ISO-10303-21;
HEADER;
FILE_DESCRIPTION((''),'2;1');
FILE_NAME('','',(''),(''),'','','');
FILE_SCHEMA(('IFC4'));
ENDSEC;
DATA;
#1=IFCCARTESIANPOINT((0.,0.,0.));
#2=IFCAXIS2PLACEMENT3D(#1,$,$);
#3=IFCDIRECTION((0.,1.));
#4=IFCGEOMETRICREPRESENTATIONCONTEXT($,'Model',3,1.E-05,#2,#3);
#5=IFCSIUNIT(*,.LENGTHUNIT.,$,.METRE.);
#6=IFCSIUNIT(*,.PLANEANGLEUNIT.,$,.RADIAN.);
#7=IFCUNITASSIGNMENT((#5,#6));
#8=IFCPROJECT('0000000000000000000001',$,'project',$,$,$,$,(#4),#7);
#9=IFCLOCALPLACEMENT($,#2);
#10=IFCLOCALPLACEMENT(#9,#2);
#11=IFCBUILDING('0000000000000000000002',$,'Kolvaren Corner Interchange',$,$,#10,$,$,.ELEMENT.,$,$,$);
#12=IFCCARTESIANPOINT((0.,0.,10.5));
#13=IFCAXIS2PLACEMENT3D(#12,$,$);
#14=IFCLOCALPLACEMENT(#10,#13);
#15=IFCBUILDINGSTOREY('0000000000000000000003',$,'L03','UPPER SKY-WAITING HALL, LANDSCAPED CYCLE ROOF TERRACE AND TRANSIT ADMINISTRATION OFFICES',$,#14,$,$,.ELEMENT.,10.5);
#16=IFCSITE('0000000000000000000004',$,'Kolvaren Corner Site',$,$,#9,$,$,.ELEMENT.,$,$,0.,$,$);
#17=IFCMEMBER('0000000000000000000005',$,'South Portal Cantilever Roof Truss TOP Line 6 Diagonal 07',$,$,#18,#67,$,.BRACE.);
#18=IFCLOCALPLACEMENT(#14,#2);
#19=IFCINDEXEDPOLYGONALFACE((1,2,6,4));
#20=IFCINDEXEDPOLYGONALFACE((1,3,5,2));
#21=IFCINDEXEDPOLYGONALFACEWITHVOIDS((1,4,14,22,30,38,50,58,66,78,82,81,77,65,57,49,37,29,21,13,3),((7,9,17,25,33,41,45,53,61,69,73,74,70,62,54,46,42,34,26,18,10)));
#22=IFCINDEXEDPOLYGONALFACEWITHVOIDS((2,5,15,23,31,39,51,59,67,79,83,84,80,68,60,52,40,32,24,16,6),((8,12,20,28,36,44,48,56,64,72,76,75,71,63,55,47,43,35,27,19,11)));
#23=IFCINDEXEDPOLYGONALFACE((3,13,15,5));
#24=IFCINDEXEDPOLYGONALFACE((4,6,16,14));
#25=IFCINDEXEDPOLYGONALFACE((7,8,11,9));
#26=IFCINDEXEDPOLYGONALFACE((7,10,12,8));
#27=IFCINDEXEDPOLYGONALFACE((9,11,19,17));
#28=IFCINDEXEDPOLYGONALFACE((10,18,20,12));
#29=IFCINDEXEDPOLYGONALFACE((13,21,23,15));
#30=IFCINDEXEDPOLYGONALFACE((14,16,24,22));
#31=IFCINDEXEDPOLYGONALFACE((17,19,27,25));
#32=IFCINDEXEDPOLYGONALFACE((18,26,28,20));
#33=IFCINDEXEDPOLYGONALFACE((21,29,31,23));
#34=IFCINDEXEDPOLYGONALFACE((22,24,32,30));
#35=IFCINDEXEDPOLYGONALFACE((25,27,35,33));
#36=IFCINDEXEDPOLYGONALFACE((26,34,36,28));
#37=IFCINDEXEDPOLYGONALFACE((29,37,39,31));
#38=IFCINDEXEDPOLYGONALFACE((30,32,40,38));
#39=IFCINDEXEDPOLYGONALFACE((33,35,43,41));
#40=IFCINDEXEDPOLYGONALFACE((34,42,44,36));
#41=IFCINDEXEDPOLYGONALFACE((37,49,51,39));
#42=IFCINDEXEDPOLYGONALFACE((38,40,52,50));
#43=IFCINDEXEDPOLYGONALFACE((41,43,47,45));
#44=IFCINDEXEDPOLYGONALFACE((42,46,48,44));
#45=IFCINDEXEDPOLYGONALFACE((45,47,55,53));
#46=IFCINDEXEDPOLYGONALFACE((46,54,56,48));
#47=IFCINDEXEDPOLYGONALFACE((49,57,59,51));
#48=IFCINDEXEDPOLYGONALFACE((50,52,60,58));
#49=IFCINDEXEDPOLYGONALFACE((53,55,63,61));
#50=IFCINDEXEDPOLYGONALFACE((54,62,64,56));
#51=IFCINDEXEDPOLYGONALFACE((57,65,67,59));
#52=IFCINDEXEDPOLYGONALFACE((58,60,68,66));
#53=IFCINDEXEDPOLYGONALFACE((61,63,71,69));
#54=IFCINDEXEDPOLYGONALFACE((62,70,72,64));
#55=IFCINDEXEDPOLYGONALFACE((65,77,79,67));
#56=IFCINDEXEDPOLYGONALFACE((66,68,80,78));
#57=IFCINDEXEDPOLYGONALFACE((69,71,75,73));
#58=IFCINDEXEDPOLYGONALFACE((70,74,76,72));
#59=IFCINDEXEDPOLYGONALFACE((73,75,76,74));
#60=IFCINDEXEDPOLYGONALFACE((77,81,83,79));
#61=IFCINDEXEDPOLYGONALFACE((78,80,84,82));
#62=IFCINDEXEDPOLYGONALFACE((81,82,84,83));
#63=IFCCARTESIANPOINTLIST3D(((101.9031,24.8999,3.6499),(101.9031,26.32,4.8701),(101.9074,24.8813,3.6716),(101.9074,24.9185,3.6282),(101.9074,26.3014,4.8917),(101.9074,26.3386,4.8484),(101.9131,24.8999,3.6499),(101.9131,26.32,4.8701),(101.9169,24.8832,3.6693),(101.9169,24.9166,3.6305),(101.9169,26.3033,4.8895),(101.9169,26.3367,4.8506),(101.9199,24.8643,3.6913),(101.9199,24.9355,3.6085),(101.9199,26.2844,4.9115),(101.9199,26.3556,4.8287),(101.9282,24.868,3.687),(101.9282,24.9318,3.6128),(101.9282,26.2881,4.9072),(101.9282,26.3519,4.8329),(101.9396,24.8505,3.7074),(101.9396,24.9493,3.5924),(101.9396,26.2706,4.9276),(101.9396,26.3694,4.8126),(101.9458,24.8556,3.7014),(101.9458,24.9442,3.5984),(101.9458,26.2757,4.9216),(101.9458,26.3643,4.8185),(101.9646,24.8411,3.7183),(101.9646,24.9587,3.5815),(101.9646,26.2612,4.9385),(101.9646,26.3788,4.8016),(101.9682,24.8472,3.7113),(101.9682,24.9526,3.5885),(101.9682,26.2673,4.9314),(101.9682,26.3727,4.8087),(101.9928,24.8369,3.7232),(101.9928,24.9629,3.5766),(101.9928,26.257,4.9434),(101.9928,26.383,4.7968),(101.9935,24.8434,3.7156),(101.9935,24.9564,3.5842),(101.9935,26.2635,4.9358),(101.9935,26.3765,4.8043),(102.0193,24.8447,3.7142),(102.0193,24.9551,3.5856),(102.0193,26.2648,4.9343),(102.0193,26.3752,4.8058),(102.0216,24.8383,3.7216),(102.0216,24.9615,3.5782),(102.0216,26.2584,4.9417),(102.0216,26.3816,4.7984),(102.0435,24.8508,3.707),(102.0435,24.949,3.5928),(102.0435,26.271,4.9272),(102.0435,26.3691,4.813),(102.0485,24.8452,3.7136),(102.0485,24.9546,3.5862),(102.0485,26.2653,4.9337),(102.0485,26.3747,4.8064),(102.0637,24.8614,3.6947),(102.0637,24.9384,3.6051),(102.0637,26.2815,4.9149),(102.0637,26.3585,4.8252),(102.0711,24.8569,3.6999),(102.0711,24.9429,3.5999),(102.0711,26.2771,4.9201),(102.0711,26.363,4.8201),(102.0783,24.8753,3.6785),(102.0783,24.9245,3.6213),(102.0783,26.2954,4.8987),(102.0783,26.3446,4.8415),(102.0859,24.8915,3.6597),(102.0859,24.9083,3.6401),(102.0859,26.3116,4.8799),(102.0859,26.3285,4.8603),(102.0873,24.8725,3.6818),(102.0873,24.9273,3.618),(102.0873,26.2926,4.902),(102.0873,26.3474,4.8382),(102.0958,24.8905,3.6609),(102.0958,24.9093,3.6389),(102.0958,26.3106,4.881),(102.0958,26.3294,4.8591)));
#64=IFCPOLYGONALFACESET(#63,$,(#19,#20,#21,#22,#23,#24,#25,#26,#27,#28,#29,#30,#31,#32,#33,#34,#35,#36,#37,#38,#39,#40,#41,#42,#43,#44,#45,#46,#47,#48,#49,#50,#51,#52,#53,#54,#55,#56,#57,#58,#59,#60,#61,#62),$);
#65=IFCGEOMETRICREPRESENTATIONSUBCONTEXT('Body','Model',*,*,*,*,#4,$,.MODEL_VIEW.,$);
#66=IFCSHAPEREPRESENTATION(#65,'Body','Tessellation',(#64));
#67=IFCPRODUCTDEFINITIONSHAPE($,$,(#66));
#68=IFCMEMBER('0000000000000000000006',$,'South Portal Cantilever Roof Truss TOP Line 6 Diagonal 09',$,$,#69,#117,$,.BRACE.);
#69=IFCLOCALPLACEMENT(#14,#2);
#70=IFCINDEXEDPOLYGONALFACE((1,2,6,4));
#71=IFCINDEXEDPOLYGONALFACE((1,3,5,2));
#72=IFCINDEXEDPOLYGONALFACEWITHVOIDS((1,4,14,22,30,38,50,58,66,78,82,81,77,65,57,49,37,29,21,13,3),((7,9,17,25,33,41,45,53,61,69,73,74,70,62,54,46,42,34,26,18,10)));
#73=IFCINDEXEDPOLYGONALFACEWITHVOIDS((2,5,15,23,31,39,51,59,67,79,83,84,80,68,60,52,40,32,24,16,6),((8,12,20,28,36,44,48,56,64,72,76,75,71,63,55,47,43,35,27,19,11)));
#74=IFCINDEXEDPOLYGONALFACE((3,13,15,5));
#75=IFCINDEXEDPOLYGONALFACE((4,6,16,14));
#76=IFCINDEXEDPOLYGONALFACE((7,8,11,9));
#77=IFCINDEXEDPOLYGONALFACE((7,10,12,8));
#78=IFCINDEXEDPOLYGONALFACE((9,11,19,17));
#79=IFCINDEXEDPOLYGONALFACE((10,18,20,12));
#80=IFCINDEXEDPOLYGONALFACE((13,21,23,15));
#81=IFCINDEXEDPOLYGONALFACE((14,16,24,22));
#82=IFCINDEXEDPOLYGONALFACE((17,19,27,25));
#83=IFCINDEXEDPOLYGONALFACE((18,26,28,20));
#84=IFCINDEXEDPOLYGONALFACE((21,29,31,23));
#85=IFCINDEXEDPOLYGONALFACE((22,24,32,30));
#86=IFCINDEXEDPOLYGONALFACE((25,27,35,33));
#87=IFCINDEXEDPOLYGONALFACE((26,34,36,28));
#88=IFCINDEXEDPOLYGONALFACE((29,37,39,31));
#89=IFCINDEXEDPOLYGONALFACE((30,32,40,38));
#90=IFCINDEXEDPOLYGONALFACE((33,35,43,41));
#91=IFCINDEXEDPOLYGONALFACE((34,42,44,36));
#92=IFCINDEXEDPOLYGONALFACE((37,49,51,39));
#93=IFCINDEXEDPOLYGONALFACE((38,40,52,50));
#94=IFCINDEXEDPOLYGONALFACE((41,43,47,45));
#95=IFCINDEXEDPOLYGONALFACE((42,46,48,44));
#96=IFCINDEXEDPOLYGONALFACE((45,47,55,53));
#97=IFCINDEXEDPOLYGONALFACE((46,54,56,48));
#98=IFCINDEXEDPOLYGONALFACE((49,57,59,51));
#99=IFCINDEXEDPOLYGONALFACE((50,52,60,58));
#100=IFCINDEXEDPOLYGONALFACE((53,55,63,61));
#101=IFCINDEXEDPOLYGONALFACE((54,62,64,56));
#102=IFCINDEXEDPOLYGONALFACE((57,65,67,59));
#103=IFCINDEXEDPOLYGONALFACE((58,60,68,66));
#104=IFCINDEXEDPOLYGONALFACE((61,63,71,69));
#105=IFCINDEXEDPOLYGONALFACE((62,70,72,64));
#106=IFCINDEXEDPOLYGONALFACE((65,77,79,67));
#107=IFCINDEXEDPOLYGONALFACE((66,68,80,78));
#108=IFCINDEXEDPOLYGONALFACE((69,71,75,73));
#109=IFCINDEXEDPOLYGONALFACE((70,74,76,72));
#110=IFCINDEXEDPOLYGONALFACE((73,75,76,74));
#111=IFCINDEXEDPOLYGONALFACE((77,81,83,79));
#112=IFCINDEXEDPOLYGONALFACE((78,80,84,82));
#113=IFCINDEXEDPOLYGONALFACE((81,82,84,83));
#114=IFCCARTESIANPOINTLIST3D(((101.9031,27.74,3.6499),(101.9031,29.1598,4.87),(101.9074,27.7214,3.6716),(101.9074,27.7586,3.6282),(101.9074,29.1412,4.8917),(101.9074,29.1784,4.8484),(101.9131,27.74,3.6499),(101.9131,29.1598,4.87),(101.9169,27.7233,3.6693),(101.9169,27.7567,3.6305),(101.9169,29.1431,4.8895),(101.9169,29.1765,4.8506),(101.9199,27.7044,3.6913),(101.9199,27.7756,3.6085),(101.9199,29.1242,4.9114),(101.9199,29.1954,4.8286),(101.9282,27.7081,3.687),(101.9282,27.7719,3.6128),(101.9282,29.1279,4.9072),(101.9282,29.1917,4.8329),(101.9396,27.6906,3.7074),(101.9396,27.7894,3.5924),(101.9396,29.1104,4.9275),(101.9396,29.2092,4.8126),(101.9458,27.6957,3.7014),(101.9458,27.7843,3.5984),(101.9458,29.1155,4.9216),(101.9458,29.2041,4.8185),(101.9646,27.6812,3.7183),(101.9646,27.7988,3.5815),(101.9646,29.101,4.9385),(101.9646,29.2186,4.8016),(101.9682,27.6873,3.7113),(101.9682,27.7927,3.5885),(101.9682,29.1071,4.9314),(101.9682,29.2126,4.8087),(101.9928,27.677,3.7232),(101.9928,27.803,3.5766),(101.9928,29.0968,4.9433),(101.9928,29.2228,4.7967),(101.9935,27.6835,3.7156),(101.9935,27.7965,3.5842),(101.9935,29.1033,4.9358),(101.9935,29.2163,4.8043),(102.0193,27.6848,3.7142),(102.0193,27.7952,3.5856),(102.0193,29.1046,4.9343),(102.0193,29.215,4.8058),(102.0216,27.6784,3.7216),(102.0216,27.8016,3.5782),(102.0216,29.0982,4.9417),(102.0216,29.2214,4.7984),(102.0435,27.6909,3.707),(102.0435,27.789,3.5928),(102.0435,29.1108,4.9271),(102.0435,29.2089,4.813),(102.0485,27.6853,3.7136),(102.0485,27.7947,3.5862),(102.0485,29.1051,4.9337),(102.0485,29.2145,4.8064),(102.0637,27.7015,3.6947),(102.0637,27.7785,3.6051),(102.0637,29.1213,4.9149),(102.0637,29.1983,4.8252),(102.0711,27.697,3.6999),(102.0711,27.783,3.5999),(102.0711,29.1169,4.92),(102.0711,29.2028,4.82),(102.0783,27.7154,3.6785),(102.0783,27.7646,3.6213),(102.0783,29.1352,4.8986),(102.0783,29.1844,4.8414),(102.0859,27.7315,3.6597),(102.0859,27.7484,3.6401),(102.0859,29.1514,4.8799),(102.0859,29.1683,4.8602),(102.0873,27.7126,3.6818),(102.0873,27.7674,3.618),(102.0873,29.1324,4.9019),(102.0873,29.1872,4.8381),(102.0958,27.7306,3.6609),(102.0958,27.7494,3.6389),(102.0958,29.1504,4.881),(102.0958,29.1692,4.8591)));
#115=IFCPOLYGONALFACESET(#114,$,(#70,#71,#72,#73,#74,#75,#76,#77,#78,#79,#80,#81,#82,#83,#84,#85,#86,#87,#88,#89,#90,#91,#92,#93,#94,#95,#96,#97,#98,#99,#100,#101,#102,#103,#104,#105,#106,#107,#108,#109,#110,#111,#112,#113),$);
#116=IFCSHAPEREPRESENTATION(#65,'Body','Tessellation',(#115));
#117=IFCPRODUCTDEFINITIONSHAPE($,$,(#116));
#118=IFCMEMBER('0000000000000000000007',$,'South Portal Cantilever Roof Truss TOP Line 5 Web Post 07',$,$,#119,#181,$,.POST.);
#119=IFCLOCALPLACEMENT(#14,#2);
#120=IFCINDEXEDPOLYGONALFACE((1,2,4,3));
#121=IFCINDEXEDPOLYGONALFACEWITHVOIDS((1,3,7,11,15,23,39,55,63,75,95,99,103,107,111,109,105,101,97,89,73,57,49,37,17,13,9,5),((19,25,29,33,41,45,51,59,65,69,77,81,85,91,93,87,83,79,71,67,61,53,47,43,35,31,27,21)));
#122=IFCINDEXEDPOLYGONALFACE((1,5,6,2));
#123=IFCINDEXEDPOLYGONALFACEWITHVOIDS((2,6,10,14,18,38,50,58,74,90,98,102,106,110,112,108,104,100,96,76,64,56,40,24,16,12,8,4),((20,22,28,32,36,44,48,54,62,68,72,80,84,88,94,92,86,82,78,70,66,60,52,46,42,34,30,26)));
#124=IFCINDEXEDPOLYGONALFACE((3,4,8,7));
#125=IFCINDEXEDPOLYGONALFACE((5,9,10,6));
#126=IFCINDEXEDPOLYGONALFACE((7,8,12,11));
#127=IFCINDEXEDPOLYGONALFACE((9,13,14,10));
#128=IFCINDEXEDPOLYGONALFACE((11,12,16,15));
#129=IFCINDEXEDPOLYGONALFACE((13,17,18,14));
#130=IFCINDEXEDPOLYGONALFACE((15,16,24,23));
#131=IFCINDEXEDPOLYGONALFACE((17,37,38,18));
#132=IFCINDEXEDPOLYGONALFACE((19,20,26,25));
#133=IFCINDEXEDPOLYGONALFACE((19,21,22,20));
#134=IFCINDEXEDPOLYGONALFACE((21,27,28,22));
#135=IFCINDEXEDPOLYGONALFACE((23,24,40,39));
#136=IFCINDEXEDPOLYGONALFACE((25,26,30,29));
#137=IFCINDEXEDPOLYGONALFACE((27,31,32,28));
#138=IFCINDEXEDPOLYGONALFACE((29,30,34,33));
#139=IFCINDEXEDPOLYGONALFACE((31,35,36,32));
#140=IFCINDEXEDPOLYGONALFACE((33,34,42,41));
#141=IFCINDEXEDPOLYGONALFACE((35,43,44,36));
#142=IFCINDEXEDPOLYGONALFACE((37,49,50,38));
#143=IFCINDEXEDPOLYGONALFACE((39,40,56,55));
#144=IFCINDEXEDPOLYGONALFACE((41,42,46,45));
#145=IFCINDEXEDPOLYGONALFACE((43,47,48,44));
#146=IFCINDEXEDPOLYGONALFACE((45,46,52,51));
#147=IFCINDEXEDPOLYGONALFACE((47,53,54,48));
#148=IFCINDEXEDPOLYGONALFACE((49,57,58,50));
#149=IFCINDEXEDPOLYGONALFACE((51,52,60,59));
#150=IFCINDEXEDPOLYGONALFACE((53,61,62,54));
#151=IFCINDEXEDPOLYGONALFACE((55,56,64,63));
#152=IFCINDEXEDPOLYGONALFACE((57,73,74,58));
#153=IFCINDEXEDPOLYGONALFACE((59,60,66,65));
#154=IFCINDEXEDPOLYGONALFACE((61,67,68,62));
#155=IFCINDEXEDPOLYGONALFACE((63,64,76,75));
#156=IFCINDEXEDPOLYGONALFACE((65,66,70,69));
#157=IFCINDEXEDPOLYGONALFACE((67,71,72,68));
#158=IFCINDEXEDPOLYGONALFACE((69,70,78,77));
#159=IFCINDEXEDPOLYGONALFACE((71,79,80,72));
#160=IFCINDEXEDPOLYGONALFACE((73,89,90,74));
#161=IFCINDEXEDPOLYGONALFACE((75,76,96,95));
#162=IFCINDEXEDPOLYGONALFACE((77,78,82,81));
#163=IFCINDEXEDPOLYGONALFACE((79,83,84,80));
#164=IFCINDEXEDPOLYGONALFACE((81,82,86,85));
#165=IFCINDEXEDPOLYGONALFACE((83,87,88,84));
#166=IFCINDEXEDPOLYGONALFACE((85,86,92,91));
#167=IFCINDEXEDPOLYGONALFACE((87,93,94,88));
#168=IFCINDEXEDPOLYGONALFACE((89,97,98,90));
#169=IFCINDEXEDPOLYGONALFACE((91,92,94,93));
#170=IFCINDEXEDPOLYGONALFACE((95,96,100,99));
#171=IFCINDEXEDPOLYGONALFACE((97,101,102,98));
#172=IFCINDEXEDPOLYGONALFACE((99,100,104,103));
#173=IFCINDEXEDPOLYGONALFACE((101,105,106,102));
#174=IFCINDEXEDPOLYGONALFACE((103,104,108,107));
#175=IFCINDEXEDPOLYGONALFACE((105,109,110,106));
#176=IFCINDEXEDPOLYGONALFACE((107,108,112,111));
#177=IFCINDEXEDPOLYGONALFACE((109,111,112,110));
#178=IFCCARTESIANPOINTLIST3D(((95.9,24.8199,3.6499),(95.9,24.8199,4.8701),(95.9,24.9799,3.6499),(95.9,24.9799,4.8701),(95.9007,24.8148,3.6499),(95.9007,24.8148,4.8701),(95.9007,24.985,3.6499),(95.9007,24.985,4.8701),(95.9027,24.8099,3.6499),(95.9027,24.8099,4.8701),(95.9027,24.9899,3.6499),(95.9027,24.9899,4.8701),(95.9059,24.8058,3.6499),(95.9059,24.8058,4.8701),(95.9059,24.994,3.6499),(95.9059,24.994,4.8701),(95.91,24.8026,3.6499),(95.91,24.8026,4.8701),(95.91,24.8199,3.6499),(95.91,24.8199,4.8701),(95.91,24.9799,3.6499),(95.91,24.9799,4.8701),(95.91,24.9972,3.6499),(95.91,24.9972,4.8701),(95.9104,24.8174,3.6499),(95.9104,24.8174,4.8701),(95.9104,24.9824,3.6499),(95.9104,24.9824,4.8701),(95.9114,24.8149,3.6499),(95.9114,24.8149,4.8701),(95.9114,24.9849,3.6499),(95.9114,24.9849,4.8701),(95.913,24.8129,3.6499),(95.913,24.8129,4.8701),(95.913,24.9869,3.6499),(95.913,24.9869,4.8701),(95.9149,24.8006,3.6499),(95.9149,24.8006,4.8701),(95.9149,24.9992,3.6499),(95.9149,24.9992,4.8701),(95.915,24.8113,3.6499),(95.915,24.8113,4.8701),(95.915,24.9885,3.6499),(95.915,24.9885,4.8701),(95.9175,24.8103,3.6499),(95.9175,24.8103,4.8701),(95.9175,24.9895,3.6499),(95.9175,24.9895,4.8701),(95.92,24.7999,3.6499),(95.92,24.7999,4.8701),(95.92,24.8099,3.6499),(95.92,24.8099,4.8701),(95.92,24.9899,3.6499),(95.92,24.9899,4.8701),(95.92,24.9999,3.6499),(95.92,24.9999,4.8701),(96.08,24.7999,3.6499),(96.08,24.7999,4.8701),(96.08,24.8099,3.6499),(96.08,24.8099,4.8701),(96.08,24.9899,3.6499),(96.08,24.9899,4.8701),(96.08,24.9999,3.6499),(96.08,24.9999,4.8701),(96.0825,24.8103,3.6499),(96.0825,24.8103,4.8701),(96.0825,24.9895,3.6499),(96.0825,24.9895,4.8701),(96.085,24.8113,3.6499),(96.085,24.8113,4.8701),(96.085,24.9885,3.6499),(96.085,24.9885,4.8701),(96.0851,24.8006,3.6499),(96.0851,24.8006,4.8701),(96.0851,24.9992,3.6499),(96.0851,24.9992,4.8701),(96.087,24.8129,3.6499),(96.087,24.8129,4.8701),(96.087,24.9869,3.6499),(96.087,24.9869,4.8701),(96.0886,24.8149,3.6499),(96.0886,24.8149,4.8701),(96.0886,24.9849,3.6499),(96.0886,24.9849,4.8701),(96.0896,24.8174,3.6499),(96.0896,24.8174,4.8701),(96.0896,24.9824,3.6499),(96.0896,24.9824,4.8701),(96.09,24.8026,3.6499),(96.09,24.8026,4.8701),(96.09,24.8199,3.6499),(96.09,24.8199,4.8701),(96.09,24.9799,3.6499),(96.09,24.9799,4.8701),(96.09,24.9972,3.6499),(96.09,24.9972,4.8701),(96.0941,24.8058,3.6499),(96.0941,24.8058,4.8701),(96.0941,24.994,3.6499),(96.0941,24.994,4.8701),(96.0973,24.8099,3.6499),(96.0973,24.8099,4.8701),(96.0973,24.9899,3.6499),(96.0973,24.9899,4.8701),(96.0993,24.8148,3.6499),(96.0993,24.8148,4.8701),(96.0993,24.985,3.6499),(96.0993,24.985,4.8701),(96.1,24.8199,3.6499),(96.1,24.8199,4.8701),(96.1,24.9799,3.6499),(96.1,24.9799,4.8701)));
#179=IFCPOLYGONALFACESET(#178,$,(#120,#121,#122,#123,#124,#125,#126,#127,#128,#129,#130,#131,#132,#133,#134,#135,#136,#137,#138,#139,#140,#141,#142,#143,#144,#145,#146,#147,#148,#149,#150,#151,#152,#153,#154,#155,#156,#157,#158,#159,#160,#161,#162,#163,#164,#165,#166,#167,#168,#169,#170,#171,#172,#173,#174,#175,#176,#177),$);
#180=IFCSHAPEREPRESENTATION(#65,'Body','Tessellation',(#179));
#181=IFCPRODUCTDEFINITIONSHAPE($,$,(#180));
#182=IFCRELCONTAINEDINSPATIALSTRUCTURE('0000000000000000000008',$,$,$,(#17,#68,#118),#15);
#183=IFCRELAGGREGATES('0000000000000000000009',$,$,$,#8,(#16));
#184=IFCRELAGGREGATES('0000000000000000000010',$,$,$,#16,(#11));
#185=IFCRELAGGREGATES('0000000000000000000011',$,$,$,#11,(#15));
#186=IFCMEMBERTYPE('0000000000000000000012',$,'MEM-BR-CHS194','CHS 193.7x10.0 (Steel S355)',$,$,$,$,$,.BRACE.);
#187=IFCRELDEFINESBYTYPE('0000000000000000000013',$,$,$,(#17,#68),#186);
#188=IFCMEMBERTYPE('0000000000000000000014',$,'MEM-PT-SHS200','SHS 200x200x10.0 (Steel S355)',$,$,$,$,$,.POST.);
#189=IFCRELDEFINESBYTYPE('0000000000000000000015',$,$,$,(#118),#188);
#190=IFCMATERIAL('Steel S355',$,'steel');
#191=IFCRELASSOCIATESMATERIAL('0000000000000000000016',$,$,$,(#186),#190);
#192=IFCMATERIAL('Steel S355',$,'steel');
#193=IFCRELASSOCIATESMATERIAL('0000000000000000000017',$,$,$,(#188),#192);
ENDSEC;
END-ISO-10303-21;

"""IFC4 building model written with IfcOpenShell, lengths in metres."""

from ifc_helpers import new_model, si_unit, direction, frame, origin, origin_2d, place, context, subcontext, project, spatial, hollow_rectangle, hollow_circle, extrude, material, material_profile, profile_set, type_object, element, save


model = new_model("IFC4")

# Units and contexts
model_context = context("Model", 3, precision=1e-05, world=origin(), true_north=direction((0.0, 1.0)))
body_context = subcontext(model_context, "Body", "Model", "MODEL_VIEW")
ifc_project = project(units=[si_unit("LENGTHUNIT", "METRE"), si_unit("PLANEANGLEUNIT", "RADIAN")], contexts=[model_context])

# Site, building, storey
site_placement = place(None, origin())
site = spatial("IfcSite", under=ifc_project, at=site_placement, Name="Kolvaren Corner Site", CompositionType="ELEMENT", RefElevation=0.0)
building_placement = place(site_placement, origin())
building = spatial("IfcBuilding", under=site, at=building_placement, Name="Kolvaren Corner Interchange", CompositionType="ELEMENT")
storey_placement = place(building_placement, frame((0.0, 0.0, 10.5)))
storey = spatial("IfcBuildingStorey", under=building, at=storey_placement, Name="L03", Description="UPPER SKY-WAITING HALL, LANDSCAPED CYCLE ROOF TERRACE AND TRANSIT ADMINISTRATION OFFICES", CompositionType="ELEMENT", Elevation=10.5)

# Members
ifc_material_1 = material(Name="Steel S355", Category="steel")
ifc_material_profile_1 = material_profile(ifc_material_1, hollow_circle(Radius=0.0969, WallThickness=0.01, at=origin_2d()), Name="CHS 193.7x10.0")
ifc_profile_set_1 = profile_set([ifc_material_profile_1], Name="Steel S355")
member_type_1 = type_object("IfcMemberType", Name="MEM-BR-CHS194", Description="CHS 193.7x10.0 (Steel S355)", PredefinedType="BRACE", material=ifc_profile_set_1)
member_1_placement = place(storey_placement, frame((102.0, 24.8999, 3.6499), z_axis=(0.0, 0.758483, 0.651693), x_axis=(-1.0, 0.0, 0.0)))
element("IfcMember", 1, at=member_1_placement, inside=storey, type_object=member_type_1, Name="South Portal Cantilever Roof Truss TOP Line 6 Diagonal 07", PredefinedType="BRACE", context=body_context, shape_type="SweptSolid", body=[
    extrude(hollow_circle(Radius=0.0969, WallThickness=0.01, at=origin_2d()), origin(), (0.0, 0.0, 1.0), 1.8723),
])
member_2_placement = place(storey_placement, frame((102.0, 27.74, 3.6499), z_axis=(0.0, 0.758428, 0.651757), x_axis=(-1.0, 0.0, 0.0)))
element("IfcMember", 2, at=member_2_placement, inside=storey, type_object=member_type_1, Name="South Portal Cantilever Roof Truss TOP Line 6 Diagonal 09", PredefinedType="BRACE", context=body_context, shape_type="SweptSolid", body=[
    extrude(hollow_circle(Radius=0.0969, WallThickness=0.01, at=origin_2d()), origin(), (0.0, 0.0, 1.0), 1.8721),
])
ifc_material_2 = material(Name="Steel S355", Category="steel")
ifc_material_profile_2 = material_profile(ifc_material_2, hollow_rectangle(XDim=0.2, YDim=0.2, WallThickness=0.01, InnerFilletRadius=0.01, OuterFilletRadius=0.02, at=origin_2d()), Name="SHS 200x200x10.0")
ifc_profile_set_2 = profile_set([ifc_material_profile_2], Name="Steel S355")
member_type_2 = type_object("IfcMemberType", Name="MEM-PT-SHS200", Description="SHS 200x200x10.0 (Steel S355)", PredefinedType="POST", material=ifc_profile_set_2)
for number, where, z_axis, x_axis, name in (
    (3, (96.0, 24.8999, 3.6499), (0.0, 0.0, 1.0), (1.0, 0.0, 0.0), "South Portal Cantilever Roof Truss TOP Line 5 Web Post 07"),
):
    element("IfcMember", number, at=place(storey_placement, frame(where, z_axis=z_axis, x_axis=x_axis)), inside=storey, type_object=member_type_2, Name=name, PredefinedType="POST", context=body_context, shape_type="SweptSolid", body=[
        extrude(hollow_rectangle(XDim=0.2, YDim=0.2, WallThickness=0.01, InnerFilletRadius=0.01, OuterFilletRadius=0.02, at=origin_2d()), origin(), (0.0, 0.0, 1.0), 1.2202),
    ])

save(model, "model.ifc")
